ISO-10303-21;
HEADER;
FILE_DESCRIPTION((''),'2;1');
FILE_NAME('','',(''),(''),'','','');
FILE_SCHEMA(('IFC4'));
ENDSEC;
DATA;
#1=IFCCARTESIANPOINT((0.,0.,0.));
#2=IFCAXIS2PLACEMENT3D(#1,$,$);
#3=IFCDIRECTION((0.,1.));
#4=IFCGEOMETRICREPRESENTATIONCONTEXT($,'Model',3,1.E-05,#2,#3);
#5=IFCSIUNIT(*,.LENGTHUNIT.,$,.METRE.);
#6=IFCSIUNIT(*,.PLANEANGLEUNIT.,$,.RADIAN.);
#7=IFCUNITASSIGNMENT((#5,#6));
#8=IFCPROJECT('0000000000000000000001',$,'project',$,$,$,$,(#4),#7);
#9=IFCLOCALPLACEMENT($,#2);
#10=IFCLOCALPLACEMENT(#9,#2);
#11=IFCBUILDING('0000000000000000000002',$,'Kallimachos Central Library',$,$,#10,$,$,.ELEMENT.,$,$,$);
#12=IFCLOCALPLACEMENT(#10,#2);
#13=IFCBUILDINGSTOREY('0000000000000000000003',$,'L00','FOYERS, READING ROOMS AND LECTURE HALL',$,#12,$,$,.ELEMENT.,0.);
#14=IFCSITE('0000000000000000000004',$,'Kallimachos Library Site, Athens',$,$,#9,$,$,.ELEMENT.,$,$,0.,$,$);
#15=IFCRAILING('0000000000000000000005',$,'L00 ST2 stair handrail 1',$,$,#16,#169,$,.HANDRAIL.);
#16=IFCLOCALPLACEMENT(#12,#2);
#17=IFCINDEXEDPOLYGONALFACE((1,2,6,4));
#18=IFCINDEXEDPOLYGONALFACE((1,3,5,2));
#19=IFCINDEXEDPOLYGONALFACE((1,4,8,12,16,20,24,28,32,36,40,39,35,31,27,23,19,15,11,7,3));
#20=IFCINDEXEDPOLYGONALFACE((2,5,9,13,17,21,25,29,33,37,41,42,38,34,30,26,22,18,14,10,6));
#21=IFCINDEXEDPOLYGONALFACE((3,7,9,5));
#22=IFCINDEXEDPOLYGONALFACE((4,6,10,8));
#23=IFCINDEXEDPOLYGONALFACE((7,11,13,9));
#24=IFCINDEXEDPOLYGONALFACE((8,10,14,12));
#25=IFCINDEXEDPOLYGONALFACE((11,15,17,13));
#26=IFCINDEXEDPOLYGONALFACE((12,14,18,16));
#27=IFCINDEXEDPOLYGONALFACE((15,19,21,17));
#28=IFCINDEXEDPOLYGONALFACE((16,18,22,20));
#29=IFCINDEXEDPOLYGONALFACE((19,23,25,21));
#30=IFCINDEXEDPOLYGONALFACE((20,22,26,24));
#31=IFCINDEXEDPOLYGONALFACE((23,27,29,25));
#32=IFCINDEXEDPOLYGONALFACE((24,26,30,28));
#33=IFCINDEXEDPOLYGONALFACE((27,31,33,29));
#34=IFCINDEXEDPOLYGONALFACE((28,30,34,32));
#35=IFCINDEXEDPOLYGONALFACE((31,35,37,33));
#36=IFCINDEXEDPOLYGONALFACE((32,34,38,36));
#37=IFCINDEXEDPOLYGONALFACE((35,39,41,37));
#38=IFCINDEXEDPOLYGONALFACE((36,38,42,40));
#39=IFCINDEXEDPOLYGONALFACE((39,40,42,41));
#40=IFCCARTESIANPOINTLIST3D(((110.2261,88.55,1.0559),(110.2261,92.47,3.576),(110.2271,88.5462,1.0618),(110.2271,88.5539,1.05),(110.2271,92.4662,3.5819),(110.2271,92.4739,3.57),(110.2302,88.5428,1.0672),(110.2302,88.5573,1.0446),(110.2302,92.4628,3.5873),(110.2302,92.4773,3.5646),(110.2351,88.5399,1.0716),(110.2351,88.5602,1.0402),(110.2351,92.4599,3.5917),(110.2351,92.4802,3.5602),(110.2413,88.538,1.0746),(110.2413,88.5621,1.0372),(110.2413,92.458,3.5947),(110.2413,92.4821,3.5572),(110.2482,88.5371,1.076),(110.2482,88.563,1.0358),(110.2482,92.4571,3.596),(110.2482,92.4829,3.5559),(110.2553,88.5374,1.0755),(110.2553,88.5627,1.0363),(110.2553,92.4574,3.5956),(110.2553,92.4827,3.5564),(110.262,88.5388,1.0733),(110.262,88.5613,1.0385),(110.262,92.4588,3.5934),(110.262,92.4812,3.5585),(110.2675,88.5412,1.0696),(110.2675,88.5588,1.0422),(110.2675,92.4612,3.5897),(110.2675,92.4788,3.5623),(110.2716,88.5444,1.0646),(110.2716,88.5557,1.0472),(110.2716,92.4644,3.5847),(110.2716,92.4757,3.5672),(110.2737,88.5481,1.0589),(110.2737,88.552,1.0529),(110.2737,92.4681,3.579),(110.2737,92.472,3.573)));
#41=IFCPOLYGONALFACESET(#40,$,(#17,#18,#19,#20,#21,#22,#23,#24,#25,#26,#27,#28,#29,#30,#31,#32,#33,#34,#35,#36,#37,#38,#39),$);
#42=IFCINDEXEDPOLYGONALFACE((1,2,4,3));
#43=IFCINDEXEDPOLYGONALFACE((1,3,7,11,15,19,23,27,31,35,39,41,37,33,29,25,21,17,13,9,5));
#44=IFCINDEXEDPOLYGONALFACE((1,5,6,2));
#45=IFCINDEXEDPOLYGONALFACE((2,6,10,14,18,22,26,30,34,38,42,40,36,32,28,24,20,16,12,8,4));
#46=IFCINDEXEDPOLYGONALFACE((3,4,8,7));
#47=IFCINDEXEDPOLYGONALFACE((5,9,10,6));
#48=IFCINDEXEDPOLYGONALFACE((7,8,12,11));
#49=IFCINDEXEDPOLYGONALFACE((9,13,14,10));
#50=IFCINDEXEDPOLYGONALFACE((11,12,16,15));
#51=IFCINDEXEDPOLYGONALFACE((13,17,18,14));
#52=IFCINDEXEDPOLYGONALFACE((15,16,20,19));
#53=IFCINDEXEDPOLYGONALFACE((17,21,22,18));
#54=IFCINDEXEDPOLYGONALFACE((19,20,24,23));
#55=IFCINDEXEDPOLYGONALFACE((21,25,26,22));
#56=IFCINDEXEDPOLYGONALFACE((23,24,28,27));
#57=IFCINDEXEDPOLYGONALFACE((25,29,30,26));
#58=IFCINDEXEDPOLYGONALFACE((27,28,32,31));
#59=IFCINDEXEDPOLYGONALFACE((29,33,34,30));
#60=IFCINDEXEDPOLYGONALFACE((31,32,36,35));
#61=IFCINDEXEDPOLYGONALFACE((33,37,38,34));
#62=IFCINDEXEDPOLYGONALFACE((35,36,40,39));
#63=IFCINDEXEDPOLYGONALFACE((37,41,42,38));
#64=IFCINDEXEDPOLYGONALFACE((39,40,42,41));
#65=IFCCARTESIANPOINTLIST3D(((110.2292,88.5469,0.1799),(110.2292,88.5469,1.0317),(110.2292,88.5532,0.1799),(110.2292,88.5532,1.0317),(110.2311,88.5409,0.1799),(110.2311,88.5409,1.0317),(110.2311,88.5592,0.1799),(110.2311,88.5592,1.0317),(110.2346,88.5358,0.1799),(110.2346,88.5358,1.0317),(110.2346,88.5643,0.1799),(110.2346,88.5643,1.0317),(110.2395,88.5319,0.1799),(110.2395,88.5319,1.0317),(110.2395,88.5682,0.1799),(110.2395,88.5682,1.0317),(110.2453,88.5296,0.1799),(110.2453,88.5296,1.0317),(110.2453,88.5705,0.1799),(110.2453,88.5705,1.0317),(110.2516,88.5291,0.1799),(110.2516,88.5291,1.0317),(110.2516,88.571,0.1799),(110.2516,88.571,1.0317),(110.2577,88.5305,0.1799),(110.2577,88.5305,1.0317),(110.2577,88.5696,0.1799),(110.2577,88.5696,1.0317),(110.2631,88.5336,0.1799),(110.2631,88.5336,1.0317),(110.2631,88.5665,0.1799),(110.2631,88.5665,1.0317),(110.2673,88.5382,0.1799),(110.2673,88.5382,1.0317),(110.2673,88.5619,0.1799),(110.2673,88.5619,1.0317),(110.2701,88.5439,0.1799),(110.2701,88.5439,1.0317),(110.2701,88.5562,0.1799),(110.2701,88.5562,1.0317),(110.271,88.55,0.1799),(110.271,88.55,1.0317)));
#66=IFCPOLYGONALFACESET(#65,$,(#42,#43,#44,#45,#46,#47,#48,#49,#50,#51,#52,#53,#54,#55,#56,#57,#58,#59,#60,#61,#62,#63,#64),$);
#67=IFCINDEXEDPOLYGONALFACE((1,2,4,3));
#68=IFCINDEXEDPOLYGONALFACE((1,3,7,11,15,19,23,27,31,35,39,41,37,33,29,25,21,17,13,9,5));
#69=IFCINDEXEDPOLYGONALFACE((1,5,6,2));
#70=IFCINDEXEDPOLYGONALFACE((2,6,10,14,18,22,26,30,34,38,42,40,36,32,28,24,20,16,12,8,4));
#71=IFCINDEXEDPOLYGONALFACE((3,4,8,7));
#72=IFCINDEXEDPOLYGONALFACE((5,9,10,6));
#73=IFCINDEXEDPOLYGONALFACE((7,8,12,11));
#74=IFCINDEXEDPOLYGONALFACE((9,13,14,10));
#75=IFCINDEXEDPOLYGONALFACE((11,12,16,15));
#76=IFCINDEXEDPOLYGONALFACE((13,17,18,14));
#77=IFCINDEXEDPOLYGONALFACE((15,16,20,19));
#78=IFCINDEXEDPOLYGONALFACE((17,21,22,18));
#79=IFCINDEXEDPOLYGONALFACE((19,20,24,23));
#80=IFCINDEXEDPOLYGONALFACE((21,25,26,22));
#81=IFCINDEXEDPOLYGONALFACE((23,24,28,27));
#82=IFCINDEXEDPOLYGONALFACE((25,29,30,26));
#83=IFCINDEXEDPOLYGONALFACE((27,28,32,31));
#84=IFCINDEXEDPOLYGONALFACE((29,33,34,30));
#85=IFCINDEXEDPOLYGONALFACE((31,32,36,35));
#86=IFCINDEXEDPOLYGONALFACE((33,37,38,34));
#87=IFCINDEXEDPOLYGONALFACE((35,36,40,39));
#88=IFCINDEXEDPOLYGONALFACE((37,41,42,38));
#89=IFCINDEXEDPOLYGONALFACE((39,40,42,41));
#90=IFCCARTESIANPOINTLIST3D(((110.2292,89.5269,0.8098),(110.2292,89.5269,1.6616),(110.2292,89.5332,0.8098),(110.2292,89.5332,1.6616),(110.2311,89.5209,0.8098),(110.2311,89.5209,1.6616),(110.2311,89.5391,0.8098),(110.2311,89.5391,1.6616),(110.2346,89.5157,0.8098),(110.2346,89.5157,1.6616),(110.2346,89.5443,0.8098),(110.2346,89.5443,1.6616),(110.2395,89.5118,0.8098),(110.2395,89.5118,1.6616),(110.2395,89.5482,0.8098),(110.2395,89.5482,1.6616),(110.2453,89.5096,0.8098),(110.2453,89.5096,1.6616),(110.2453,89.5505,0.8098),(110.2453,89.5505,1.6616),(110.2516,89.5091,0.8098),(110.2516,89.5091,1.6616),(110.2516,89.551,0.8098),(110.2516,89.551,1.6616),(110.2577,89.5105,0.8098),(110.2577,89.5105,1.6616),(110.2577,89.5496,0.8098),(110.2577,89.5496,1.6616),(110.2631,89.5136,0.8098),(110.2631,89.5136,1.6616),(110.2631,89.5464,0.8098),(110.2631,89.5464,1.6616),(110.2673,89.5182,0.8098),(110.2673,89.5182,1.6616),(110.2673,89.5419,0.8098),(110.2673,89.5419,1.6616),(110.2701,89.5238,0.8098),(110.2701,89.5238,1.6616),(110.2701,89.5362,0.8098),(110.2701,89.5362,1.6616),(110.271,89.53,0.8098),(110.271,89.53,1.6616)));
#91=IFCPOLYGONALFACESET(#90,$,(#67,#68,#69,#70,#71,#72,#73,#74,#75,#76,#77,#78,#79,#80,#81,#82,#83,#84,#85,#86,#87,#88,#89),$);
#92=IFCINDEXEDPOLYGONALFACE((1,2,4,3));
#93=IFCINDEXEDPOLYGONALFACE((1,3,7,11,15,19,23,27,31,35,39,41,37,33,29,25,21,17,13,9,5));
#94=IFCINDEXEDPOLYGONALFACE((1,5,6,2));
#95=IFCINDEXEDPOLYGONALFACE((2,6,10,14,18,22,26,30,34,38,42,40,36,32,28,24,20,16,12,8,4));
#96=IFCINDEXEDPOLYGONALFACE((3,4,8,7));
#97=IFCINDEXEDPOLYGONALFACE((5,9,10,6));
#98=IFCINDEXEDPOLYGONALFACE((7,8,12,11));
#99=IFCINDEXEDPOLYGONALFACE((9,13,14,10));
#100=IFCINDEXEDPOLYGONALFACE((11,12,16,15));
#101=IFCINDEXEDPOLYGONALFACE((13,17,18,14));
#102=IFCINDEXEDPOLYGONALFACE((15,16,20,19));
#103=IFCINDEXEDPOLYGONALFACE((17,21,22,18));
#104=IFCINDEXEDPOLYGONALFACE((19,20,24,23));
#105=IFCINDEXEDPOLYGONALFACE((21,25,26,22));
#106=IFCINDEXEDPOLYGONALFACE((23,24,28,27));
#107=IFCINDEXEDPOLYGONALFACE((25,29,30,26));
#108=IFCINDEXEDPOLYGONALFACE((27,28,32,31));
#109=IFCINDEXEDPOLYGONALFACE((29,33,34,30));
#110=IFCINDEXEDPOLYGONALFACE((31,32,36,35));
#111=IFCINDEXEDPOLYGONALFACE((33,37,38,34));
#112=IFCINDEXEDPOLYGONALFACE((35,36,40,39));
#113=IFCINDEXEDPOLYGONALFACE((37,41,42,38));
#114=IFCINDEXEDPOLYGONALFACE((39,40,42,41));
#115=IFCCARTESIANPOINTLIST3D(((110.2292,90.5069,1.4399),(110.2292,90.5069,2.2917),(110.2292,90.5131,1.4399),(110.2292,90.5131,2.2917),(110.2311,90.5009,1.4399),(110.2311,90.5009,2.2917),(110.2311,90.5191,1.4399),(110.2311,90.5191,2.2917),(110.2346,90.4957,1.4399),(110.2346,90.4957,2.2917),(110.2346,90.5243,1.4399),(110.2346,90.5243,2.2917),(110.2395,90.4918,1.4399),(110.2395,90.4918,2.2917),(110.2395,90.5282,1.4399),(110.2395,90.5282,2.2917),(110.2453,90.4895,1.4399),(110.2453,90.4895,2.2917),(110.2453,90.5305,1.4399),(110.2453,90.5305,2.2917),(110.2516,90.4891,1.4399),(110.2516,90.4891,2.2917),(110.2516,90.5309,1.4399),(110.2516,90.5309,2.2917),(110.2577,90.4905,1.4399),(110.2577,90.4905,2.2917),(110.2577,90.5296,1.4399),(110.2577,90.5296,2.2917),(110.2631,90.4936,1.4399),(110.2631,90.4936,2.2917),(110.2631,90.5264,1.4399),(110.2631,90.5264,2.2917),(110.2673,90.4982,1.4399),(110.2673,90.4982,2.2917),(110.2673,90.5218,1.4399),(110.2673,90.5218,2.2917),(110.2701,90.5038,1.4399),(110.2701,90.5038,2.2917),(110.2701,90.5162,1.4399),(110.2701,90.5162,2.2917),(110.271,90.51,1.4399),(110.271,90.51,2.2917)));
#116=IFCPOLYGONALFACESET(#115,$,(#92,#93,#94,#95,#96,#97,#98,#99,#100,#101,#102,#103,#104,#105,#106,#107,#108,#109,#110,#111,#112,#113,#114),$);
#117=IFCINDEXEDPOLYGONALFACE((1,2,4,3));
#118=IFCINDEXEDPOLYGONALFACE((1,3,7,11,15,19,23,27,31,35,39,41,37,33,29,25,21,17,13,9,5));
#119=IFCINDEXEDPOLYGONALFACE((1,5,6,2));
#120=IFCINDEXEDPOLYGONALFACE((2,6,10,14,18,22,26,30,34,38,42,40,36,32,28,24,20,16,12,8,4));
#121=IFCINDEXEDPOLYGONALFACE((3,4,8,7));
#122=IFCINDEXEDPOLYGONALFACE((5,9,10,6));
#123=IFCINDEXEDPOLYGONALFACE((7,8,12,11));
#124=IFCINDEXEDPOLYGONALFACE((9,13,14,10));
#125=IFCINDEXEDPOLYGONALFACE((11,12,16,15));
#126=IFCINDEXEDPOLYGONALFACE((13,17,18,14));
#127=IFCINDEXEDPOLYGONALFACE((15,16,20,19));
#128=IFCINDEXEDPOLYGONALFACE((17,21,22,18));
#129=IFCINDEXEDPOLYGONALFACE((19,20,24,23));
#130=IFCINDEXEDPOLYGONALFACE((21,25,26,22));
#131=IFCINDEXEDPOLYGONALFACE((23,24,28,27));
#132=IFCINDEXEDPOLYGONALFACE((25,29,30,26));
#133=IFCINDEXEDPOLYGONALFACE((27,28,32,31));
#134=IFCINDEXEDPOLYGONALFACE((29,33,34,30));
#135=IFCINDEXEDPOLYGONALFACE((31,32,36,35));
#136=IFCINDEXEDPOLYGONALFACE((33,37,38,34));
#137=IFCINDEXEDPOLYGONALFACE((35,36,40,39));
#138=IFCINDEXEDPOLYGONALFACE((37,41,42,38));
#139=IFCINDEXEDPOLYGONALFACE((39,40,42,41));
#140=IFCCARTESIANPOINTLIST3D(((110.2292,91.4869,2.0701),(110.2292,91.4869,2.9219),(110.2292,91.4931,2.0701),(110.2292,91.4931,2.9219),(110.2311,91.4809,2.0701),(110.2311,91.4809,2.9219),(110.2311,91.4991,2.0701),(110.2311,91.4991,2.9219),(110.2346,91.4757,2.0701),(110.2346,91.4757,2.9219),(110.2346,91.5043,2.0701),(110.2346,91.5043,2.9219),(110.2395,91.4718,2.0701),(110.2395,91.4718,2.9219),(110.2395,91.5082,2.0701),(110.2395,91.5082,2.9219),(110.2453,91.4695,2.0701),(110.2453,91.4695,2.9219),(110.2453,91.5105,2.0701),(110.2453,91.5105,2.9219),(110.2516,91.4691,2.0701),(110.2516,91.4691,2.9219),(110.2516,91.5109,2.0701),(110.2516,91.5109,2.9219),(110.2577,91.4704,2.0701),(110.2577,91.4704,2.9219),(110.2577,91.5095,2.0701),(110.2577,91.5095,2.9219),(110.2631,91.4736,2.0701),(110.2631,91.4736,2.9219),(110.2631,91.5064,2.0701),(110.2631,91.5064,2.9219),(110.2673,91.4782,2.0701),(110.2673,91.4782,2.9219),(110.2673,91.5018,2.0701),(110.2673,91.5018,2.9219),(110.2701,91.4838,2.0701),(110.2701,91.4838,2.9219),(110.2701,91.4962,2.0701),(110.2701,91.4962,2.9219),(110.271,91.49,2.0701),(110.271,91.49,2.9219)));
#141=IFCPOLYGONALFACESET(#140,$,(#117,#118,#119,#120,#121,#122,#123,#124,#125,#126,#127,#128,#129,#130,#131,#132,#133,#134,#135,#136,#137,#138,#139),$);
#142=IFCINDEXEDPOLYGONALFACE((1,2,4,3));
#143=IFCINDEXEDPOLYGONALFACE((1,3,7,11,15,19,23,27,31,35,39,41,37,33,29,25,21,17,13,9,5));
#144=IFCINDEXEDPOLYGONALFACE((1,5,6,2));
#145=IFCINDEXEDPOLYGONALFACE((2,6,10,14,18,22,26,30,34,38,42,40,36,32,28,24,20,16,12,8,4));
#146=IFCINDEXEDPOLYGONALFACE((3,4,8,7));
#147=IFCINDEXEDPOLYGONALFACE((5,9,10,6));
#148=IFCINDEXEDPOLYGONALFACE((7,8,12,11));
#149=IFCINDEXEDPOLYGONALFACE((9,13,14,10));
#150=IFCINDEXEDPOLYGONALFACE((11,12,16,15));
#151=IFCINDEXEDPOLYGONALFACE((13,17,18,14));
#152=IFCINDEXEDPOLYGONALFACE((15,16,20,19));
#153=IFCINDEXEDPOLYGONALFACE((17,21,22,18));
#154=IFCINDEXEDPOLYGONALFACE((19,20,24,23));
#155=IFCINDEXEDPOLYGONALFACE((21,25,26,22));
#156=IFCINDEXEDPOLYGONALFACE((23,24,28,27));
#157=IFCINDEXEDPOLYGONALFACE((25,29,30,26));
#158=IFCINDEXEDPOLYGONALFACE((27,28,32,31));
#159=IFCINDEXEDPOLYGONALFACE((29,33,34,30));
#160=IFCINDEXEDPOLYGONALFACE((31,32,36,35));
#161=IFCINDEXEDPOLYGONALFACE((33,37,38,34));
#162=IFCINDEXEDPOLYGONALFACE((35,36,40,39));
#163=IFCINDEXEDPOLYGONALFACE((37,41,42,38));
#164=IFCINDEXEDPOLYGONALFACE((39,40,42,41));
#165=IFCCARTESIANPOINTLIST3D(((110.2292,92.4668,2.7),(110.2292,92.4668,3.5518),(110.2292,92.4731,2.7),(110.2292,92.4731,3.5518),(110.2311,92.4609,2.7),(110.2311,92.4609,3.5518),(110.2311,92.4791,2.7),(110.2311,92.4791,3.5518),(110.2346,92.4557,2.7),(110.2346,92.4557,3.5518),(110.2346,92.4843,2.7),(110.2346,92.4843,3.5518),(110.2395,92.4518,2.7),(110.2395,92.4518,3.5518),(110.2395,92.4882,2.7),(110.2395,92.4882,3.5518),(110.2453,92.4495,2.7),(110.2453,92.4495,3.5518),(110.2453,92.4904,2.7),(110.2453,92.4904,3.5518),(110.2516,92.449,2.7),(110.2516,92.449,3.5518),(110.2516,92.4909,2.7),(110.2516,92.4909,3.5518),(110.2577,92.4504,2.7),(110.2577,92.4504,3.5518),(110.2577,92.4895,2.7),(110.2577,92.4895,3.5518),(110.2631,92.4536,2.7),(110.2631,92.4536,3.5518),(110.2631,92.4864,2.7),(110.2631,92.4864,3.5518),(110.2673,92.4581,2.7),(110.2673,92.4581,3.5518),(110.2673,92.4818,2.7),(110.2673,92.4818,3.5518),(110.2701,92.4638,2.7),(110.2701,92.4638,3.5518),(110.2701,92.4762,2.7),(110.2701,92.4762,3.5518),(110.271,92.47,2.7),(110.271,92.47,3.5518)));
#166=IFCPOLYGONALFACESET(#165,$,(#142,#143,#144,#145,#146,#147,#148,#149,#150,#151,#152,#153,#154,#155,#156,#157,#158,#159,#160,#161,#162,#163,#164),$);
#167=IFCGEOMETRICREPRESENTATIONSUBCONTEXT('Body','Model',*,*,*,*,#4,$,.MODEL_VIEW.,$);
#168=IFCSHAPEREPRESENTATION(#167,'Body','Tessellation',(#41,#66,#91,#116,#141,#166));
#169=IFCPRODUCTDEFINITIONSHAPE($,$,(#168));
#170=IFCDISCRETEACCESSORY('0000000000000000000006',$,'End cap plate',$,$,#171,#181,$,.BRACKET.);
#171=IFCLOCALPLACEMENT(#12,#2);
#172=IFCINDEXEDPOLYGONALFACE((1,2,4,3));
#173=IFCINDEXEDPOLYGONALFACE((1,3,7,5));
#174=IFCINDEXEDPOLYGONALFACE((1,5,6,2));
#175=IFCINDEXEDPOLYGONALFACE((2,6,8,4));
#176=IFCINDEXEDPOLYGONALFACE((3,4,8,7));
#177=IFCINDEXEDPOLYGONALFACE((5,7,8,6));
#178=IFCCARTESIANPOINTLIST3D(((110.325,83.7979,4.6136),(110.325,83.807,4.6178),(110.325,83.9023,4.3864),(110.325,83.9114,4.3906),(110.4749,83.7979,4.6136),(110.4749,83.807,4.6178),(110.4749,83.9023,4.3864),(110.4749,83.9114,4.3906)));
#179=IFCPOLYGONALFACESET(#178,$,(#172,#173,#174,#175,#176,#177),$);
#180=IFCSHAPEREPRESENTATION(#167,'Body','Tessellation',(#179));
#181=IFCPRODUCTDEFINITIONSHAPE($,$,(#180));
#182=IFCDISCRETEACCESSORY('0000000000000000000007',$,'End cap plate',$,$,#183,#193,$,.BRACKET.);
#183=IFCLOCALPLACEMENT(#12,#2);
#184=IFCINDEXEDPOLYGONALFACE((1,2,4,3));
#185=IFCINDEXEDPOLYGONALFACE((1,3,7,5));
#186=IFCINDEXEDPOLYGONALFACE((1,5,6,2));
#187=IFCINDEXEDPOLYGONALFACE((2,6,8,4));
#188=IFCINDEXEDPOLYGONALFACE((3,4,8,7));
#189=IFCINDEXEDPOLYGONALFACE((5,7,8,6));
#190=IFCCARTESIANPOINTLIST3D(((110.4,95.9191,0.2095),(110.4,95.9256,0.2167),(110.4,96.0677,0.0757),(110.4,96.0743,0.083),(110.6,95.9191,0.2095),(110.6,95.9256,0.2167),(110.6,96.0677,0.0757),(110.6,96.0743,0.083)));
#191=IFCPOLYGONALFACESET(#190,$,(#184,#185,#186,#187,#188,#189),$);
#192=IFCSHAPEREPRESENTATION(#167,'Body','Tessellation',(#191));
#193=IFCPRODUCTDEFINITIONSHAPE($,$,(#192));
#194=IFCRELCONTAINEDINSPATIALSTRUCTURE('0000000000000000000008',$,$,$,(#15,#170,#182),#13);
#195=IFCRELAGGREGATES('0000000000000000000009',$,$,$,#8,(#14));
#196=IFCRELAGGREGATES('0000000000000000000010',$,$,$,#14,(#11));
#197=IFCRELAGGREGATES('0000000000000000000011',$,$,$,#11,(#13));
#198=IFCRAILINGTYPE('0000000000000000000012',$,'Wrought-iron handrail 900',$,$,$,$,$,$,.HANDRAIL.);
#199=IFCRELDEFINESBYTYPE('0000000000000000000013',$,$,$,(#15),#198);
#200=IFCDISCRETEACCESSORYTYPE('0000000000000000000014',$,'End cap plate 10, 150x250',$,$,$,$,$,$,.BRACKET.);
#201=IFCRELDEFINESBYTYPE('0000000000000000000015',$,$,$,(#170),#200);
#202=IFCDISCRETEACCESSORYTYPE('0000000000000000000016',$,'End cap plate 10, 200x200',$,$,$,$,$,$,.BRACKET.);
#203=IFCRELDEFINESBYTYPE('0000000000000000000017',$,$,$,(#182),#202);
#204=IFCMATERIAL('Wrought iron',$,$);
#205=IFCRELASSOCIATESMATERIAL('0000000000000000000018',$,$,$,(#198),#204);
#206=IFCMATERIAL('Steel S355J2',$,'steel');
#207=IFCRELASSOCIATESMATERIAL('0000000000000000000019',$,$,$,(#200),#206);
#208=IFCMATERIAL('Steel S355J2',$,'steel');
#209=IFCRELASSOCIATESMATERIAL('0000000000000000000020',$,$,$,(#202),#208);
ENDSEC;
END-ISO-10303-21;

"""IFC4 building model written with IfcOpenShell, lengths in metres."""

from ifc_helpers import new_model, si_unit, direction, frame, origin, origin_2d, place, context, subcontext, project, spatial, rectangle, circle, extrude, material, material_profile, profile_set, type_object, element, save


model = new_model("IFC4")

# Units and contexts
model_context = context("Model", 3, precision=1e-05, world=origin(), true_north=direction((0.0, 1.0)))
body_context = subcontext(model_context, "Body", "Model", "MODEL_VIEW")
ifc_project = project(units=[si_unit("LENGTHUNIT", "METRE"), si_unit("PLANEANGLEUNIT", "RADIAN")], contexts=[model_context])

# Site, building, storey
site_placement = place(None, origin())
site = spatial("IfcSite", under=ifc_project, at=site_placement, Name="Kallimachos Library Site, Athens", CompositionType="ELEMENT", RefElevation=0.0)
building_placement = place(site_placement, origin())
building = spatial("IfcBuilding", under=site, at=building_placement, Name="Kallimachos Central Library", CompositionType="ELEMENT")
storey_placement = place(building_placement, origin())
storey = spatial("IfcBuildingStorey", under=building, at=storey_placement, Name="L00", Description="FOYERS, READING ROOMS AND LECTURE HALL", CompositionType="ELEMENT", Elevation=0.0)

# Railing
ifc_material_1 = material(Name="Wrought iron")
railing_type_1 = type_object("IfcRailingType", Name="Wrought-iron handrail 900", PredefinedType="HANDRAIL", material=ifc_material_1)
railing_1_placement = place(storey_placement, frame((110.25, 88.55, 0.1799)))
element("IfcRailing", 1, at=railing_1_placement, inside=storey, type_object=railing_type_1, Name="L00 ST2 stair handrail 1", PredefinedType="HANDRAIL", context=body_context, shape_type="SweptSolid", body=[
    extrude(circle(Radius=0.0239, at=origin_2d()), frame((0.0, 0.0, 0.876), z_axis=(0.0, 0.841172, 0.540768), x_axis=(-1.0, 0.0, 0.0)), (0.0, 0.0, 1.0), 4.6602),
    extrude(circle(Radius=0.021, at=origin_2d()), origin(), (0.0, 0.0, 1.0), 0.8518),
    extrude(circle(Radius=0.021, at=origin_2d()), frame((0.0, 0.98, 0.6299)), (0.0, 0.0, 1.0), 0.8518),
    extrude(circle(Radius=0.021, at=origin_2d()), frame((0.0, 1.96, 1.26)), (0.0, 0.0, 1.0), 0.8518),
    extrude(circle(Radius=0.021, at=origin_2d()), frame((0.0, 2.9399, 1.8901)), (0.0, 0.0, 1.0), 0.8518),
    extrude(circle(Radius=0.021, at=origin_2d()), frame((0.0, 3.9199, 2.52)), (0.0, 0.0, 1.0), 0.8518),
])

# Discrete accessories
ifc_material_2 = material(Name="Steel S355J2", Category="steel")
ifc_material_profile_1 = material_profile(ifc_material_2, rectangle(XDim=0.1499, YDim=0.25, at=origin_2d()), Name="End cap plate 10, 150x250")
ifc_profile_set_1 = profile_set([ifc_material_profile_1], Name="Steel S355J2")
discrete_accessory_type_1 = type_object("IfcDiscreteAccessoryType", Name="End cap plate 10, 150x250", PredefinedType="BRACKET", material=ifc_profile_set_1)
discrete_accessory_1_placement = place(storey_placement, frame((110.3999, 83.8501, 4.5), z_axis=(0.0, 0.908677, 0.4175), x_axis=(-1.0, 0.0, 0.0)))
element("IfcDiscreteAccessory", 2, at=discrete_accessory_1_placement, inside=storey, type_object=discrete_accessory_type_1, Name="End cap plate", PredefinedType="BRACKET", context=body_context, shape_type="SweptSolid", body=[
    extrude(rectangle(XDim=0.1499, YDim=0.25, at=origin_2d()), origin(), (0.0, 0.0, 1.0), 0.01),
])
ifc_material_3 = material(Name="Steel S355J2", Category="steel")
ifc_material_profile_2 = material_profile(ifc_material_3, rectangle(XDim=0.2, YDim=0.2, at=origin_2d()), Name="End cap plate 10, 200x200")
ifc_profile_set_2 = profile_set([ifc_material_profile_2], Name="Steel S355J2")
discrete_accessory_type_2 = type_object("IfcDiscreteAccessoryType", Name="End cap plate 10, 200x200", PredefinedType="BRACKET", material=ifc_profile_set_2)
discrete_accessory_2_placement = place(storey_placement, frame((110.5, 95.9934, 0.1426), z_axis=(0.0, 0.668965, 0.743294), x_axis=(-1.0, 0.0, 0.0)))
element("IfcDiscreteAccessory", 3, at=discrete_accessory_2_placement, inside=storey, type_object=discrete_accessory_type_2, Name="End cap plate", PredefinedType="BRACKET", context=body_context, shape_type="SweptSolid", body=[
    extrude(rectangle(XDim=0.2, YDim=0.2, at=origin_2d()), origin(), (0.0, 0.0, 1.0), 0.0098),
])

save(model, "model.ifc")
